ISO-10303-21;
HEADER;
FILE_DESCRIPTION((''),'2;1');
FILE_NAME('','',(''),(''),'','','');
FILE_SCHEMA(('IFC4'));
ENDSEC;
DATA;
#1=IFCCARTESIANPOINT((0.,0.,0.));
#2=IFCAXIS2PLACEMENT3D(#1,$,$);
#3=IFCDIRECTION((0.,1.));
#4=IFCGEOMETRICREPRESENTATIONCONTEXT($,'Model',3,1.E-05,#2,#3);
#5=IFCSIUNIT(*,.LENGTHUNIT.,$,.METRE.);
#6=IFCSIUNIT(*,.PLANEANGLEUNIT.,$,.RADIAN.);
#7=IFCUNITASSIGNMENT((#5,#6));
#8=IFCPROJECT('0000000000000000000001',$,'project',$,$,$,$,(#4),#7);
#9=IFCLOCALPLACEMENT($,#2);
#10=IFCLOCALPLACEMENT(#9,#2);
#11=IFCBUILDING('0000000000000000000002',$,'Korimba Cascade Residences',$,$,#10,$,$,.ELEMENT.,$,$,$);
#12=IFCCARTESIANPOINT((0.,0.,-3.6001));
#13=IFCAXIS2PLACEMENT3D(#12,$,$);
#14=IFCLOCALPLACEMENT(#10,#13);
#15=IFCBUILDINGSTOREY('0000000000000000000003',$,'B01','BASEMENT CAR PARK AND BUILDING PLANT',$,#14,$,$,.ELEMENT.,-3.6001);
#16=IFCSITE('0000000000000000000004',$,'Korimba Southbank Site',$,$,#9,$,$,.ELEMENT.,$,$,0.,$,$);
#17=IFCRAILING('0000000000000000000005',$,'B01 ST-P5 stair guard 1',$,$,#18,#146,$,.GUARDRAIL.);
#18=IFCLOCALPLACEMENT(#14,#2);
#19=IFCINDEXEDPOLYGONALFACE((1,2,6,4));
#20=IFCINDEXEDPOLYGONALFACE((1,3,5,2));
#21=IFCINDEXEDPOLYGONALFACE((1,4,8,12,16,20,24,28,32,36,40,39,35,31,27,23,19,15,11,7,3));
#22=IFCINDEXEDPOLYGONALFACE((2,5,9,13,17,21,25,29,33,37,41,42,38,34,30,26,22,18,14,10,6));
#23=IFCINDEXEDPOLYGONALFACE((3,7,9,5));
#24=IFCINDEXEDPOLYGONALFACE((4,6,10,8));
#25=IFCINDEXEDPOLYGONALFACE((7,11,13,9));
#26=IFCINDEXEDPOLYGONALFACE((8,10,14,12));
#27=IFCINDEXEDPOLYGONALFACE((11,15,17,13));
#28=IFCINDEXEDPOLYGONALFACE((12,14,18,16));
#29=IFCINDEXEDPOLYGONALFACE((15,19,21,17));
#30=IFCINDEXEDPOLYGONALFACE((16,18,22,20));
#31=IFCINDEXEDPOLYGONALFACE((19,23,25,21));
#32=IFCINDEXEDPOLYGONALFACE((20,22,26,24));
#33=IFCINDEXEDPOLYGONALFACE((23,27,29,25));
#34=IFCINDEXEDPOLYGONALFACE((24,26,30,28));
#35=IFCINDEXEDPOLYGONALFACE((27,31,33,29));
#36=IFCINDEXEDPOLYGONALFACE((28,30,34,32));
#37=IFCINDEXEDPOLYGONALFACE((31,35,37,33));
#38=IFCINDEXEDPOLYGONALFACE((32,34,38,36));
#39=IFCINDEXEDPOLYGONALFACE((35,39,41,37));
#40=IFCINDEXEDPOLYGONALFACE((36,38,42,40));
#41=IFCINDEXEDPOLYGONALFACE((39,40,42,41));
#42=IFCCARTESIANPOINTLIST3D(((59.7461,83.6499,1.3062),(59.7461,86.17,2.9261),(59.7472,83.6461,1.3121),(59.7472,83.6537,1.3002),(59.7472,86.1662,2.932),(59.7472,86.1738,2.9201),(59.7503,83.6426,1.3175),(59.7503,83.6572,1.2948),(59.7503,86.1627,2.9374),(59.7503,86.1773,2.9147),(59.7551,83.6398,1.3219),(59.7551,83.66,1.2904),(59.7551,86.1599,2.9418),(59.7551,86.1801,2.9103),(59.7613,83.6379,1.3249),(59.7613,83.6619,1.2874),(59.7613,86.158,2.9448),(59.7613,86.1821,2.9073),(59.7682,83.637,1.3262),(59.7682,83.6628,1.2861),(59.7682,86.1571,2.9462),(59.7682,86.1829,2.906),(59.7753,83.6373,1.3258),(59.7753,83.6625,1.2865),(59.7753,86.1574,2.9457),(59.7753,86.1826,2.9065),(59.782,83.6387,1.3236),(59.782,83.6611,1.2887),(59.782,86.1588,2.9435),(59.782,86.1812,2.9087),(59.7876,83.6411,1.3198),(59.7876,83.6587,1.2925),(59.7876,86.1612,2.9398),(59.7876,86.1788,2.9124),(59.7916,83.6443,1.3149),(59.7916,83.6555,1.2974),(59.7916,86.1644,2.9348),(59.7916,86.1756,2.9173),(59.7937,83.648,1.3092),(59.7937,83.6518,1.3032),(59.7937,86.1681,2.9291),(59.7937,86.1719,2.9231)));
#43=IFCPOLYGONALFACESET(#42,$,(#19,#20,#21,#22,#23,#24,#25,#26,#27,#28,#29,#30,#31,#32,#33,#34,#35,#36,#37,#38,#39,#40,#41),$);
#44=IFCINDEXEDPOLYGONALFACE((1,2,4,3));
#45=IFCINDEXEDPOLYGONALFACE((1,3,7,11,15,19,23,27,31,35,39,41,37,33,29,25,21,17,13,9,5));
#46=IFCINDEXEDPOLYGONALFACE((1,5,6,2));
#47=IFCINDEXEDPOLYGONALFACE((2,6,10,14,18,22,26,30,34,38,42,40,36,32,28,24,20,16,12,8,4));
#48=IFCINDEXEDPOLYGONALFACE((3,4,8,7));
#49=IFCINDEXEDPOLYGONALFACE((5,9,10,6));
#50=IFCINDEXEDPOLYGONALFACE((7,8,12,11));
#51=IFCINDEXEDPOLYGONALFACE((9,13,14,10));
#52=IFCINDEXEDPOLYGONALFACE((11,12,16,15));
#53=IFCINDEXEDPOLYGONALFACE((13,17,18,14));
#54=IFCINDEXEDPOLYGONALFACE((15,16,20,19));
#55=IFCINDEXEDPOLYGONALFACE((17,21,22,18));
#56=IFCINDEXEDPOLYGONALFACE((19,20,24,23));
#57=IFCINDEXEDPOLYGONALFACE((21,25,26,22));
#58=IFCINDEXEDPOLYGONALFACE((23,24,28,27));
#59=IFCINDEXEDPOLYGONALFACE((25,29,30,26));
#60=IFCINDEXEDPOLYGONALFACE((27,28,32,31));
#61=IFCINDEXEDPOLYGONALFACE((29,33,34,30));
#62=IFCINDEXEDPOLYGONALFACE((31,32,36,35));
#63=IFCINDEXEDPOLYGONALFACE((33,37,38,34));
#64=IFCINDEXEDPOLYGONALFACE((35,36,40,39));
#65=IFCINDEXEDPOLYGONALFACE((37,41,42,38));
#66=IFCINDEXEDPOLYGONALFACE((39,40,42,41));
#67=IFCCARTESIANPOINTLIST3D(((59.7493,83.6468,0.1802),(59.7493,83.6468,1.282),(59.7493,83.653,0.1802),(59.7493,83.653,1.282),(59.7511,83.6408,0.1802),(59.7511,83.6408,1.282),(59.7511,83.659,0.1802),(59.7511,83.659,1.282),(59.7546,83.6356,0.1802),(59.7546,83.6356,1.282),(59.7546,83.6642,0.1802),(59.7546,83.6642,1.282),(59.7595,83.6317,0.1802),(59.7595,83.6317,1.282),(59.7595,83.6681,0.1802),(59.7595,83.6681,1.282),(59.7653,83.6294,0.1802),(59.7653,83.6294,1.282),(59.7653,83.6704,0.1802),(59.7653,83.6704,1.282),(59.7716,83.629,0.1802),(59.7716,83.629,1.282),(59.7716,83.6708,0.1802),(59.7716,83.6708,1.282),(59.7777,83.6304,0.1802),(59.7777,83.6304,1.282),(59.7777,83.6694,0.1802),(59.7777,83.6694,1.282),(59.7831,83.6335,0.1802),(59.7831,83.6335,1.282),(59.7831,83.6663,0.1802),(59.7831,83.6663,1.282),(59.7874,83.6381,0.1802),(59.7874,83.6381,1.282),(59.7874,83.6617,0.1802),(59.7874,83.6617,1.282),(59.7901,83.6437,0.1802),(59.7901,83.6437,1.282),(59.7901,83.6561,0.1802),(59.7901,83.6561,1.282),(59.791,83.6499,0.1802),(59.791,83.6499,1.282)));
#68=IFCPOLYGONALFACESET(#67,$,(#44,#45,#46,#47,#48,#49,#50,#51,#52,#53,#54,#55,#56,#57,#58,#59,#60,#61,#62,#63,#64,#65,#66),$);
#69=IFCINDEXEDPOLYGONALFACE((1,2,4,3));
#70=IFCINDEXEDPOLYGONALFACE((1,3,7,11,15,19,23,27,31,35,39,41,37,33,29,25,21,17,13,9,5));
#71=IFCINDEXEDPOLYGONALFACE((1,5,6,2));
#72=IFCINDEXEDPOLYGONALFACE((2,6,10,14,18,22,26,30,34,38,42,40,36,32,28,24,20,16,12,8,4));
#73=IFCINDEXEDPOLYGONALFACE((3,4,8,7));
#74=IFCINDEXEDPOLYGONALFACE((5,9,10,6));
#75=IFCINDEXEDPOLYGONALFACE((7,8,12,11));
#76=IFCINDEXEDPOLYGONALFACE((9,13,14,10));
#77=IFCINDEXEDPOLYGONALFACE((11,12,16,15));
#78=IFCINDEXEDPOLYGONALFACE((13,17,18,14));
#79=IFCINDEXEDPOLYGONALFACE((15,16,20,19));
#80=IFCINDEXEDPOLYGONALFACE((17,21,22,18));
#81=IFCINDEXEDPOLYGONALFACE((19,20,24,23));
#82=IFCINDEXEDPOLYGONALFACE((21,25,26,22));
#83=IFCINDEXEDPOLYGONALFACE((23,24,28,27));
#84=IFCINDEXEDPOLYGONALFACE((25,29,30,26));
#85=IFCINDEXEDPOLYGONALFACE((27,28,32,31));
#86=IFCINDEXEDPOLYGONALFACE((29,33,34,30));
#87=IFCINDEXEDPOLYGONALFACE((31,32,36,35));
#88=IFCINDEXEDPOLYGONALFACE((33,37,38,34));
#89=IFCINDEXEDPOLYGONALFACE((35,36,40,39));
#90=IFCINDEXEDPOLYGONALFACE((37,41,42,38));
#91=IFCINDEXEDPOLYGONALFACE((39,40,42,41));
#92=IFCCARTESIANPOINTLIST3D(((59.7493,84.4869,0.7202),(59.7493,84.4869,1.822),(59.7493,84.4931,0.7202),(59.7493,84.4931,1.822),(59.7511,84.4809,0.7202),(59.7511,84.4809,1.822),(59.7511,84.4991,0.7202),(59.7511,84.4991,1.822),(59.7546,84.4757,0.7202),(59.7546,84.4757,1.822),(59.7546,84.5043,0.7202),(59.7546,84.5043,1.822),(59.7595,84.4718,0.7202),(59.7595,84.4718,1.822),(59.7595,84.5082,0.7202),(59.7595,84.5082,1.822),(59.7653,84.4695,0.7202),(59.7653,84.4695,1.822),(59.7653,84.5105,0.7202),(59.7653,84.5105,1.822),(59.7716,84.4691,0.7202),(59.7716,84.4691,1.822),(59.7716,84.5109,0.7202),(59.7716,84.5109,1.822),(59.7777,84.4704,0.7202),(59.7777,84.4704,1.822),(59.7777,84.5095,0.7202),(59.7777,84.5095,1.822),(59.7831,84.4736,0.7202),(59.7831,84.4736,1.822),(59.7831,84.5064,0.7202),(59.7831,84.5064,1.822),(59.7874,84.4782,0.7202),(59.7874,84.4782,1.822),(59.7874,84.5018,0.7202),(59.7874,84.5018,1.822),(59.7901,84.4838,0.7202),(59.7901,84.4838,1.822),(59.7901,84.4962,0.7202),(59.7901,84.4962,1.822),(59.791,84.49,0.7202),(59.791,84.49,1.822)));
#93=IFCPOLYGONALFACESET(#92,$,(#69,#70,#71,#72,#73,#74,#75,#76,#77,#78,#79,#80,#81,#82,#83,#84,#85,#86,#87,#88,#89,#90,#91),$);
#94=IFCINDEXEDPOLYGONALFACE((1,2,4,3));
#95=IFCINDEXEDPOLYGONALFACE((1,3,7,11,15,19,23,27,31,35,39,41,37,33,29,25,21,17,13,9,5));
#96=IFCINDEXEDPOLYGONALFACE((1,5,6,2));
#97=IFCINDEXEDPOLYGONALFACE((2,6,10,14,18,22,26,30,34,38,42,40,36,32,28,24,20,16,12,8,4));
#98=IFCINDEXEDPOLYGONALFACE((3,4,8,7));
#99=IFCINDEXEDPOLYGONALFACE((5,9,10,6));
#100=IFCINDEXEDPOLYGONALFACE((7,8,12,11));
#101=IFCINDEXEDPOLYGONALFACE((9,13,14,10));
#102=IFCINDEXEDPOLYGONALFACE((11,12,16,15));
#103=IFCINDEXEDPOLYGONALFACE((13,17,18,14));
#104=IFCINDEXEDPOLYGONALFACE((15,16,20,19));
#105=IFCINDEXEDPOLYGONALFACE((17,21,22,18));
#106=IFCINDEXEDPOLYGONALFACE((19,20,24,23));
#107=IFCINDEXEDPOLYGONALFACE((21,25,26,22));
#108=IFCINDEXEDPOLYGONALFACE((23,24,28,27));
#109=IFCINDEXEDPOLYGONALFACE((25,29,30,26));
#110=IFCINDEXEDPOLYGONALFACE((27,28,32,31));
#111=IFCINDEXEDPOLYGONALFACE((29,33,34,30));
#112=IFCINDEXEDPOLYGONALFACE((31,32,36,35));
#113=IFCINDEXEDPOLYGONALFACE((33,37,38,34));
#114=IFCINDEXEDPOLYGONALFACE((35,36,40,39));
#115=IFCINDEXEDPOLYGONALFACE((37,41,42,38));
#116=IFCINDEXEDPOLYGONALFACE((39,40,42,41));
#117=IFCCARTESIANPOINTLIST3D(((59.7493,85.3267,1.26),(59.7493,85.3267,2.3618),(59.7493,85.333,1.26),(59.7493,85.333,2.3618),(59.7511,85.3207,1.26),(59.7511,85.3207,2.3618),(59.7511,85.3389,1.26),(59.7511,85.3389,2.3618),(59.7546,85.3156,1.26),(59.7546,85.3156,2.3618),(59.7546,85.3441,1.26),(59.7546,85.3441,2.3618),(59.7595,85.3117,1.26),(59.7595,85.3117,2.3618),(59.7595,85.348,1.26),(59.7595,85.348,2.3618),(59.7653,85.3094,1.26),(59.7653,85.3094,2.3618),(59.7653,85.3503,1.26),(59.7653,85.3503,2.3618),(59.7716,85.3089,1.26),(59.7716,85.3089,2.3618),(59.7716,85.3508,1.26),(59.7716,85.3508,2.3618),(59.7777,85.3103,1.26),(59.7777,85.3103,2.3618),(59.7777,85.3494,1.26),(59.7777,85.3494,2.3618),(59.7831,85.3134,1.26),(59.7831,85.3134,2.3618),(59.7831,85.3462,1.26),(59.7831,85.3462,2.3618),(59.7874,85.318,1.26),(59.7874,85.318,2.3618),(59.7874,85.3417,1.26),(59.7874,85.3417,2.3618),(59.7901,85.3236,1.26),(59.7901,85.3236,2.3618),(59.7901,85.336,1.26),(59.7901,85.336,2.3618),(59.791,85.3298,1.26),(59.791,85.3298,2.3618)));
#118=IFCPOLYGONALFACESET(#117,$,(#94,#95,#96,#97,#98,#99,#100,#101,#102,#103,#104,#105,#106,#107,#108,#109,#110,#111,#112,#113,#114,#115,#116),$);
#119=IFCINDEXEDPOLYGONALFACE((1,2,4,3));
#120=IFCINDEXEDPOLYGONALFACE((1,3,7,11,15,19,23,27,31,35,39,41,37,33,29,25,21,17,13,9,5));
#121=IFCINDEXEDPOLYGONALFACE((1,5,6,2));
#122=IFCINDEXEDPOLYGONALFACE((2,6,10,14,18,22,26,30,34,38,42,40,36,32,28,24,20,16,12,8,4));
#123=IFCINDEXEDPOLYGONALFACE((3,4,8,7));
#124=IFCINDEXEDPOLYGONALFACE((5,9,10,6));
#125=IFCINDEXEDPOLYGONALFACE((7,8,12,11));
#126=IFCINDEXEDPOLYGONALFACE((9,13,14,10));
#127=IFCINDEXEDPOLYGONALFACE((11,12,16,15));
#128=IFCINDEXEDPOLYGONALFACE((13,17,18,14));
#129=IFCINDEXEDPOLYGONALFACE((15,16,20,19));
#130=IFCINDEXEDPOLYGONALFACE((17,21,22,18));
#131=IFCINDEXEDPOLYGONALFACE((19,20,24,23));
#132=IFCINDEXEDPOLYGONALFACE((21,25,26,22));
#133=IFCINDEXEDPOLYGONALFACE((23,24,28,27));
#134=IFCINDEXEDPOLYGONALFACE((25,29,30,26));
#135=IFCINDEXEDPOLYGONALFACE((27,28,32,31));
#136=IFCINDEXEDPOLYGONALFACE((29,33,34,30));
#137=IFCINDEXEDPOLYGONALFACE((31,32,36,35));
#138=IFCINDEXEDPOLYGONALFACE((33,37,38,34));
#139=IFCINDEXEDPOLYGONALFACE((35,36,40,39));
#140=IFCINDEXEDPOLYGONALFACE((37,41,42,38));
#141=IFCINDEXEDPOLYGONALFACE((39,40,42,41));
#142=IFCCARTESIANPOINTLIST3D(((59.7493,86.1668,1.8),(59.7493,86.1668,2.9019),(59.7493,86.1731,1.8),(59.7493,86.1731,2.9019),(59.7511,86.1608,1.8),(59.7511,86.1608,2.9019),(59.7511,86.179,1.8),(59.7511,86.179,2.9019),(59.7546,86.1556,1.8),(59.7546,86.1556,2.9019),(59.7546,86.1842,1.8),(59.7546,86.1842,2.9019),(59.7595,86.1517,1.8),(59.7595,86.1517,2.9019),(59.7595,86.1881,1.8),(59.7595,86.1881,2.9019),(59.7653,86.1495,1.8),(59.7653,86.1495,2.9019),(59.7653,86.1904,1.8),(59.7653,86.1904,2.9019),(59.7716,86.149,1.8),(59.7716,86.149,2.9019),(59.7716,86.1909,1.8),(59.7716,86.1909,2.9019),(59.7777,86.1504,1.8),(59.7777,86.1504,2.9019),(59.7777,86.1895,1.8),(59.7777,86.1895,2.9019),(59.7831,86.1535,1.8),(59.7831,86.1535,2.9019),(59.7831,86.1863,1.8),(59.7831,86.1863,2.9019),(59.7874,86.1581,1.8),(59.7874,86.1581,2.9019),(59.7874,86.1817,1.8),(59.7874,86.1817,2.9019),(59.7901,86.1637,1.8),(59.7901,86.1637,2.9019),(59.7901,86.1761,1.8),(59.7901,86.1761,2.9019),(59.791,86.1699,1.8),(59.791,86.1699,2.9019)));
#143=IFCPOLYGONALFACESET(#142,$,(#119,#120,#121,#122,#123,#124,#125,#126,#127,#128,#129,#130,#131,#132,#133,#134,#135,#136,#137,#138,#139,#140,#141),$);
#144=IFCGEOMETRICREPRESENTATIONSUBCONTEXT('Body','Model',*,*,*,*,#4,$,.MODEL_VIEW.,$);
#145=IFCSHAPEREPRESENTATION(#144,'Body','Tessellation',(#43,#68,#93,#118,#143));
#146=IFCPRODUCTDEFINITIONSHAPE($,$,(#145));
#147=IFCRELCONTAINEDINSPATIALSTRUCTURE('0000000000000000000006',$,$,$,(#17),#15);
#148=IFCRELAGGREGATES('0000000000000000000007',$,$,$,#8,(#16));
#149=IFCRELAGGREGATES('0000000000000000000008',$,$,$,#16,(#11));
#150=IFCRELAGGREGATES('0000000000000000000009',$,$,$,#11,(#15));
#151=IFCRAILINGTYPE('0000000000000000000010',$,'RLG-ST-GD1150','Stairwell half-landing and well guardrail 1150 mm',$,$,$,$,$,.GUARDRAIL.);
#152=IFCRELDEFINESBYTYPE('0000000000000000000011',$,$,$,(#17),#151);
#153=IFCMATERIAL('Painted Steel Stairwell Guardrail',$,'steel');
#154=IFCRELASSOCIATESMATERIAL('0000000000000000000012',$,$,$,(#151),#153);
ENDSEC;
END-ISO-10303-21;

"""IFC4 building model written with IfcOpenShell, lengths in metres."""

from ifc_helpers import new_model, si_unit, direction, frame, origin, origin_2d, place, context, subcontext, project, spatial, circle, extrude, material, type_object, element, save


model = new_model("IFC4")

# Units and contexts
model_context = context("Model", 3, precision=1e-05, world=origin(), true_north=direction((0.0, 1.0)))
body_context = subcontext(model_context, "Body", "Model", "MODEL_VIEW")
ifc_project = project(units=[si_unit("LENGTHUNIT", "METRE"), si_unit("PLANEANGLEUNIT", "RADIAN")], contexts=[model_context])

# Site, building, storey
site_placement = place(None, origin())
site = spatial("IfcSite", under=ifc_project, at=site_placement, Name="Korimba Southbank Site", CompositionType="ELEMENT", RefElevation=0.0)
building_placement = place(site_placement, origin())
building = spatial("IfcBuilding", under=site, at=building_placement, Name="Korimba Cascade Residences", CompositionType="ELEMENT")
storey_placement = place(building_placement, frame((0.0, 0.0, -3.6001)))
storey = spatial("IfcBuildingStorey", under=building, at=storey_placement, Name="B01", Description="BASEMENT CAR PARK AND BUILDING PLANT", CompositionType="ELEMENT", Elevation=-3.6001)

# Railing
ifc_material_1 = material(Name="Painted Steel Stairwell Guardrail", Category="steel")
railing_type_1 = type_object("IfcRailingType", Name="RLG-ST-GD1150", Description="Stairwell half-landing and well guardrail 1150 mm", PredefinedType="GUARDRAIL", material=ifc_material_1)
railing_1_placement = place(storey_placement, frame((59.77, 83.6499, 0.1802)))
element("IfcRailing", 1, at=railing_1_placement, inside=storey, type_object=railing_type_1, Name="B01 ST-P5 stair guard 1", PredefinedType="GUARDRAIL", context=body_context, shape_type="SweptSolid", body=[
    extrude(circle(Radius=0.0239, at=origin_2d()), frame((0.0, 0.0, 1.126), z_axis=(0.0, 0.8412, 0.540725), x_axis=(-1.0, 0.0, 0.0)), (0.0, 0.0, 1.0), 2.9958),
    extrude(circle(Radius=0.021, at=origin_2d()), origin(), (0.0, 0.0, 1.0), 1.1018),
    extrude(circle(Radius=0.021, at=origin_2d()), frame((0.0, 0.8401, 0.54)), (0.0, 0.0, 1.0), 1.1018),
    extrude(circle(Radius=0.021, at=origin_2d()), frame((0.0, 1.6799, 1.0798)), (0.0, 0.0, 1.0), 1.1018),
    extrude(circle(Radius=0.021, at=origin_2d()), frame((0.0, 2.52, 1.6199)), (0.0, 0.0, 1.0), 1.1018),
])

save(model, "model.ifc")
